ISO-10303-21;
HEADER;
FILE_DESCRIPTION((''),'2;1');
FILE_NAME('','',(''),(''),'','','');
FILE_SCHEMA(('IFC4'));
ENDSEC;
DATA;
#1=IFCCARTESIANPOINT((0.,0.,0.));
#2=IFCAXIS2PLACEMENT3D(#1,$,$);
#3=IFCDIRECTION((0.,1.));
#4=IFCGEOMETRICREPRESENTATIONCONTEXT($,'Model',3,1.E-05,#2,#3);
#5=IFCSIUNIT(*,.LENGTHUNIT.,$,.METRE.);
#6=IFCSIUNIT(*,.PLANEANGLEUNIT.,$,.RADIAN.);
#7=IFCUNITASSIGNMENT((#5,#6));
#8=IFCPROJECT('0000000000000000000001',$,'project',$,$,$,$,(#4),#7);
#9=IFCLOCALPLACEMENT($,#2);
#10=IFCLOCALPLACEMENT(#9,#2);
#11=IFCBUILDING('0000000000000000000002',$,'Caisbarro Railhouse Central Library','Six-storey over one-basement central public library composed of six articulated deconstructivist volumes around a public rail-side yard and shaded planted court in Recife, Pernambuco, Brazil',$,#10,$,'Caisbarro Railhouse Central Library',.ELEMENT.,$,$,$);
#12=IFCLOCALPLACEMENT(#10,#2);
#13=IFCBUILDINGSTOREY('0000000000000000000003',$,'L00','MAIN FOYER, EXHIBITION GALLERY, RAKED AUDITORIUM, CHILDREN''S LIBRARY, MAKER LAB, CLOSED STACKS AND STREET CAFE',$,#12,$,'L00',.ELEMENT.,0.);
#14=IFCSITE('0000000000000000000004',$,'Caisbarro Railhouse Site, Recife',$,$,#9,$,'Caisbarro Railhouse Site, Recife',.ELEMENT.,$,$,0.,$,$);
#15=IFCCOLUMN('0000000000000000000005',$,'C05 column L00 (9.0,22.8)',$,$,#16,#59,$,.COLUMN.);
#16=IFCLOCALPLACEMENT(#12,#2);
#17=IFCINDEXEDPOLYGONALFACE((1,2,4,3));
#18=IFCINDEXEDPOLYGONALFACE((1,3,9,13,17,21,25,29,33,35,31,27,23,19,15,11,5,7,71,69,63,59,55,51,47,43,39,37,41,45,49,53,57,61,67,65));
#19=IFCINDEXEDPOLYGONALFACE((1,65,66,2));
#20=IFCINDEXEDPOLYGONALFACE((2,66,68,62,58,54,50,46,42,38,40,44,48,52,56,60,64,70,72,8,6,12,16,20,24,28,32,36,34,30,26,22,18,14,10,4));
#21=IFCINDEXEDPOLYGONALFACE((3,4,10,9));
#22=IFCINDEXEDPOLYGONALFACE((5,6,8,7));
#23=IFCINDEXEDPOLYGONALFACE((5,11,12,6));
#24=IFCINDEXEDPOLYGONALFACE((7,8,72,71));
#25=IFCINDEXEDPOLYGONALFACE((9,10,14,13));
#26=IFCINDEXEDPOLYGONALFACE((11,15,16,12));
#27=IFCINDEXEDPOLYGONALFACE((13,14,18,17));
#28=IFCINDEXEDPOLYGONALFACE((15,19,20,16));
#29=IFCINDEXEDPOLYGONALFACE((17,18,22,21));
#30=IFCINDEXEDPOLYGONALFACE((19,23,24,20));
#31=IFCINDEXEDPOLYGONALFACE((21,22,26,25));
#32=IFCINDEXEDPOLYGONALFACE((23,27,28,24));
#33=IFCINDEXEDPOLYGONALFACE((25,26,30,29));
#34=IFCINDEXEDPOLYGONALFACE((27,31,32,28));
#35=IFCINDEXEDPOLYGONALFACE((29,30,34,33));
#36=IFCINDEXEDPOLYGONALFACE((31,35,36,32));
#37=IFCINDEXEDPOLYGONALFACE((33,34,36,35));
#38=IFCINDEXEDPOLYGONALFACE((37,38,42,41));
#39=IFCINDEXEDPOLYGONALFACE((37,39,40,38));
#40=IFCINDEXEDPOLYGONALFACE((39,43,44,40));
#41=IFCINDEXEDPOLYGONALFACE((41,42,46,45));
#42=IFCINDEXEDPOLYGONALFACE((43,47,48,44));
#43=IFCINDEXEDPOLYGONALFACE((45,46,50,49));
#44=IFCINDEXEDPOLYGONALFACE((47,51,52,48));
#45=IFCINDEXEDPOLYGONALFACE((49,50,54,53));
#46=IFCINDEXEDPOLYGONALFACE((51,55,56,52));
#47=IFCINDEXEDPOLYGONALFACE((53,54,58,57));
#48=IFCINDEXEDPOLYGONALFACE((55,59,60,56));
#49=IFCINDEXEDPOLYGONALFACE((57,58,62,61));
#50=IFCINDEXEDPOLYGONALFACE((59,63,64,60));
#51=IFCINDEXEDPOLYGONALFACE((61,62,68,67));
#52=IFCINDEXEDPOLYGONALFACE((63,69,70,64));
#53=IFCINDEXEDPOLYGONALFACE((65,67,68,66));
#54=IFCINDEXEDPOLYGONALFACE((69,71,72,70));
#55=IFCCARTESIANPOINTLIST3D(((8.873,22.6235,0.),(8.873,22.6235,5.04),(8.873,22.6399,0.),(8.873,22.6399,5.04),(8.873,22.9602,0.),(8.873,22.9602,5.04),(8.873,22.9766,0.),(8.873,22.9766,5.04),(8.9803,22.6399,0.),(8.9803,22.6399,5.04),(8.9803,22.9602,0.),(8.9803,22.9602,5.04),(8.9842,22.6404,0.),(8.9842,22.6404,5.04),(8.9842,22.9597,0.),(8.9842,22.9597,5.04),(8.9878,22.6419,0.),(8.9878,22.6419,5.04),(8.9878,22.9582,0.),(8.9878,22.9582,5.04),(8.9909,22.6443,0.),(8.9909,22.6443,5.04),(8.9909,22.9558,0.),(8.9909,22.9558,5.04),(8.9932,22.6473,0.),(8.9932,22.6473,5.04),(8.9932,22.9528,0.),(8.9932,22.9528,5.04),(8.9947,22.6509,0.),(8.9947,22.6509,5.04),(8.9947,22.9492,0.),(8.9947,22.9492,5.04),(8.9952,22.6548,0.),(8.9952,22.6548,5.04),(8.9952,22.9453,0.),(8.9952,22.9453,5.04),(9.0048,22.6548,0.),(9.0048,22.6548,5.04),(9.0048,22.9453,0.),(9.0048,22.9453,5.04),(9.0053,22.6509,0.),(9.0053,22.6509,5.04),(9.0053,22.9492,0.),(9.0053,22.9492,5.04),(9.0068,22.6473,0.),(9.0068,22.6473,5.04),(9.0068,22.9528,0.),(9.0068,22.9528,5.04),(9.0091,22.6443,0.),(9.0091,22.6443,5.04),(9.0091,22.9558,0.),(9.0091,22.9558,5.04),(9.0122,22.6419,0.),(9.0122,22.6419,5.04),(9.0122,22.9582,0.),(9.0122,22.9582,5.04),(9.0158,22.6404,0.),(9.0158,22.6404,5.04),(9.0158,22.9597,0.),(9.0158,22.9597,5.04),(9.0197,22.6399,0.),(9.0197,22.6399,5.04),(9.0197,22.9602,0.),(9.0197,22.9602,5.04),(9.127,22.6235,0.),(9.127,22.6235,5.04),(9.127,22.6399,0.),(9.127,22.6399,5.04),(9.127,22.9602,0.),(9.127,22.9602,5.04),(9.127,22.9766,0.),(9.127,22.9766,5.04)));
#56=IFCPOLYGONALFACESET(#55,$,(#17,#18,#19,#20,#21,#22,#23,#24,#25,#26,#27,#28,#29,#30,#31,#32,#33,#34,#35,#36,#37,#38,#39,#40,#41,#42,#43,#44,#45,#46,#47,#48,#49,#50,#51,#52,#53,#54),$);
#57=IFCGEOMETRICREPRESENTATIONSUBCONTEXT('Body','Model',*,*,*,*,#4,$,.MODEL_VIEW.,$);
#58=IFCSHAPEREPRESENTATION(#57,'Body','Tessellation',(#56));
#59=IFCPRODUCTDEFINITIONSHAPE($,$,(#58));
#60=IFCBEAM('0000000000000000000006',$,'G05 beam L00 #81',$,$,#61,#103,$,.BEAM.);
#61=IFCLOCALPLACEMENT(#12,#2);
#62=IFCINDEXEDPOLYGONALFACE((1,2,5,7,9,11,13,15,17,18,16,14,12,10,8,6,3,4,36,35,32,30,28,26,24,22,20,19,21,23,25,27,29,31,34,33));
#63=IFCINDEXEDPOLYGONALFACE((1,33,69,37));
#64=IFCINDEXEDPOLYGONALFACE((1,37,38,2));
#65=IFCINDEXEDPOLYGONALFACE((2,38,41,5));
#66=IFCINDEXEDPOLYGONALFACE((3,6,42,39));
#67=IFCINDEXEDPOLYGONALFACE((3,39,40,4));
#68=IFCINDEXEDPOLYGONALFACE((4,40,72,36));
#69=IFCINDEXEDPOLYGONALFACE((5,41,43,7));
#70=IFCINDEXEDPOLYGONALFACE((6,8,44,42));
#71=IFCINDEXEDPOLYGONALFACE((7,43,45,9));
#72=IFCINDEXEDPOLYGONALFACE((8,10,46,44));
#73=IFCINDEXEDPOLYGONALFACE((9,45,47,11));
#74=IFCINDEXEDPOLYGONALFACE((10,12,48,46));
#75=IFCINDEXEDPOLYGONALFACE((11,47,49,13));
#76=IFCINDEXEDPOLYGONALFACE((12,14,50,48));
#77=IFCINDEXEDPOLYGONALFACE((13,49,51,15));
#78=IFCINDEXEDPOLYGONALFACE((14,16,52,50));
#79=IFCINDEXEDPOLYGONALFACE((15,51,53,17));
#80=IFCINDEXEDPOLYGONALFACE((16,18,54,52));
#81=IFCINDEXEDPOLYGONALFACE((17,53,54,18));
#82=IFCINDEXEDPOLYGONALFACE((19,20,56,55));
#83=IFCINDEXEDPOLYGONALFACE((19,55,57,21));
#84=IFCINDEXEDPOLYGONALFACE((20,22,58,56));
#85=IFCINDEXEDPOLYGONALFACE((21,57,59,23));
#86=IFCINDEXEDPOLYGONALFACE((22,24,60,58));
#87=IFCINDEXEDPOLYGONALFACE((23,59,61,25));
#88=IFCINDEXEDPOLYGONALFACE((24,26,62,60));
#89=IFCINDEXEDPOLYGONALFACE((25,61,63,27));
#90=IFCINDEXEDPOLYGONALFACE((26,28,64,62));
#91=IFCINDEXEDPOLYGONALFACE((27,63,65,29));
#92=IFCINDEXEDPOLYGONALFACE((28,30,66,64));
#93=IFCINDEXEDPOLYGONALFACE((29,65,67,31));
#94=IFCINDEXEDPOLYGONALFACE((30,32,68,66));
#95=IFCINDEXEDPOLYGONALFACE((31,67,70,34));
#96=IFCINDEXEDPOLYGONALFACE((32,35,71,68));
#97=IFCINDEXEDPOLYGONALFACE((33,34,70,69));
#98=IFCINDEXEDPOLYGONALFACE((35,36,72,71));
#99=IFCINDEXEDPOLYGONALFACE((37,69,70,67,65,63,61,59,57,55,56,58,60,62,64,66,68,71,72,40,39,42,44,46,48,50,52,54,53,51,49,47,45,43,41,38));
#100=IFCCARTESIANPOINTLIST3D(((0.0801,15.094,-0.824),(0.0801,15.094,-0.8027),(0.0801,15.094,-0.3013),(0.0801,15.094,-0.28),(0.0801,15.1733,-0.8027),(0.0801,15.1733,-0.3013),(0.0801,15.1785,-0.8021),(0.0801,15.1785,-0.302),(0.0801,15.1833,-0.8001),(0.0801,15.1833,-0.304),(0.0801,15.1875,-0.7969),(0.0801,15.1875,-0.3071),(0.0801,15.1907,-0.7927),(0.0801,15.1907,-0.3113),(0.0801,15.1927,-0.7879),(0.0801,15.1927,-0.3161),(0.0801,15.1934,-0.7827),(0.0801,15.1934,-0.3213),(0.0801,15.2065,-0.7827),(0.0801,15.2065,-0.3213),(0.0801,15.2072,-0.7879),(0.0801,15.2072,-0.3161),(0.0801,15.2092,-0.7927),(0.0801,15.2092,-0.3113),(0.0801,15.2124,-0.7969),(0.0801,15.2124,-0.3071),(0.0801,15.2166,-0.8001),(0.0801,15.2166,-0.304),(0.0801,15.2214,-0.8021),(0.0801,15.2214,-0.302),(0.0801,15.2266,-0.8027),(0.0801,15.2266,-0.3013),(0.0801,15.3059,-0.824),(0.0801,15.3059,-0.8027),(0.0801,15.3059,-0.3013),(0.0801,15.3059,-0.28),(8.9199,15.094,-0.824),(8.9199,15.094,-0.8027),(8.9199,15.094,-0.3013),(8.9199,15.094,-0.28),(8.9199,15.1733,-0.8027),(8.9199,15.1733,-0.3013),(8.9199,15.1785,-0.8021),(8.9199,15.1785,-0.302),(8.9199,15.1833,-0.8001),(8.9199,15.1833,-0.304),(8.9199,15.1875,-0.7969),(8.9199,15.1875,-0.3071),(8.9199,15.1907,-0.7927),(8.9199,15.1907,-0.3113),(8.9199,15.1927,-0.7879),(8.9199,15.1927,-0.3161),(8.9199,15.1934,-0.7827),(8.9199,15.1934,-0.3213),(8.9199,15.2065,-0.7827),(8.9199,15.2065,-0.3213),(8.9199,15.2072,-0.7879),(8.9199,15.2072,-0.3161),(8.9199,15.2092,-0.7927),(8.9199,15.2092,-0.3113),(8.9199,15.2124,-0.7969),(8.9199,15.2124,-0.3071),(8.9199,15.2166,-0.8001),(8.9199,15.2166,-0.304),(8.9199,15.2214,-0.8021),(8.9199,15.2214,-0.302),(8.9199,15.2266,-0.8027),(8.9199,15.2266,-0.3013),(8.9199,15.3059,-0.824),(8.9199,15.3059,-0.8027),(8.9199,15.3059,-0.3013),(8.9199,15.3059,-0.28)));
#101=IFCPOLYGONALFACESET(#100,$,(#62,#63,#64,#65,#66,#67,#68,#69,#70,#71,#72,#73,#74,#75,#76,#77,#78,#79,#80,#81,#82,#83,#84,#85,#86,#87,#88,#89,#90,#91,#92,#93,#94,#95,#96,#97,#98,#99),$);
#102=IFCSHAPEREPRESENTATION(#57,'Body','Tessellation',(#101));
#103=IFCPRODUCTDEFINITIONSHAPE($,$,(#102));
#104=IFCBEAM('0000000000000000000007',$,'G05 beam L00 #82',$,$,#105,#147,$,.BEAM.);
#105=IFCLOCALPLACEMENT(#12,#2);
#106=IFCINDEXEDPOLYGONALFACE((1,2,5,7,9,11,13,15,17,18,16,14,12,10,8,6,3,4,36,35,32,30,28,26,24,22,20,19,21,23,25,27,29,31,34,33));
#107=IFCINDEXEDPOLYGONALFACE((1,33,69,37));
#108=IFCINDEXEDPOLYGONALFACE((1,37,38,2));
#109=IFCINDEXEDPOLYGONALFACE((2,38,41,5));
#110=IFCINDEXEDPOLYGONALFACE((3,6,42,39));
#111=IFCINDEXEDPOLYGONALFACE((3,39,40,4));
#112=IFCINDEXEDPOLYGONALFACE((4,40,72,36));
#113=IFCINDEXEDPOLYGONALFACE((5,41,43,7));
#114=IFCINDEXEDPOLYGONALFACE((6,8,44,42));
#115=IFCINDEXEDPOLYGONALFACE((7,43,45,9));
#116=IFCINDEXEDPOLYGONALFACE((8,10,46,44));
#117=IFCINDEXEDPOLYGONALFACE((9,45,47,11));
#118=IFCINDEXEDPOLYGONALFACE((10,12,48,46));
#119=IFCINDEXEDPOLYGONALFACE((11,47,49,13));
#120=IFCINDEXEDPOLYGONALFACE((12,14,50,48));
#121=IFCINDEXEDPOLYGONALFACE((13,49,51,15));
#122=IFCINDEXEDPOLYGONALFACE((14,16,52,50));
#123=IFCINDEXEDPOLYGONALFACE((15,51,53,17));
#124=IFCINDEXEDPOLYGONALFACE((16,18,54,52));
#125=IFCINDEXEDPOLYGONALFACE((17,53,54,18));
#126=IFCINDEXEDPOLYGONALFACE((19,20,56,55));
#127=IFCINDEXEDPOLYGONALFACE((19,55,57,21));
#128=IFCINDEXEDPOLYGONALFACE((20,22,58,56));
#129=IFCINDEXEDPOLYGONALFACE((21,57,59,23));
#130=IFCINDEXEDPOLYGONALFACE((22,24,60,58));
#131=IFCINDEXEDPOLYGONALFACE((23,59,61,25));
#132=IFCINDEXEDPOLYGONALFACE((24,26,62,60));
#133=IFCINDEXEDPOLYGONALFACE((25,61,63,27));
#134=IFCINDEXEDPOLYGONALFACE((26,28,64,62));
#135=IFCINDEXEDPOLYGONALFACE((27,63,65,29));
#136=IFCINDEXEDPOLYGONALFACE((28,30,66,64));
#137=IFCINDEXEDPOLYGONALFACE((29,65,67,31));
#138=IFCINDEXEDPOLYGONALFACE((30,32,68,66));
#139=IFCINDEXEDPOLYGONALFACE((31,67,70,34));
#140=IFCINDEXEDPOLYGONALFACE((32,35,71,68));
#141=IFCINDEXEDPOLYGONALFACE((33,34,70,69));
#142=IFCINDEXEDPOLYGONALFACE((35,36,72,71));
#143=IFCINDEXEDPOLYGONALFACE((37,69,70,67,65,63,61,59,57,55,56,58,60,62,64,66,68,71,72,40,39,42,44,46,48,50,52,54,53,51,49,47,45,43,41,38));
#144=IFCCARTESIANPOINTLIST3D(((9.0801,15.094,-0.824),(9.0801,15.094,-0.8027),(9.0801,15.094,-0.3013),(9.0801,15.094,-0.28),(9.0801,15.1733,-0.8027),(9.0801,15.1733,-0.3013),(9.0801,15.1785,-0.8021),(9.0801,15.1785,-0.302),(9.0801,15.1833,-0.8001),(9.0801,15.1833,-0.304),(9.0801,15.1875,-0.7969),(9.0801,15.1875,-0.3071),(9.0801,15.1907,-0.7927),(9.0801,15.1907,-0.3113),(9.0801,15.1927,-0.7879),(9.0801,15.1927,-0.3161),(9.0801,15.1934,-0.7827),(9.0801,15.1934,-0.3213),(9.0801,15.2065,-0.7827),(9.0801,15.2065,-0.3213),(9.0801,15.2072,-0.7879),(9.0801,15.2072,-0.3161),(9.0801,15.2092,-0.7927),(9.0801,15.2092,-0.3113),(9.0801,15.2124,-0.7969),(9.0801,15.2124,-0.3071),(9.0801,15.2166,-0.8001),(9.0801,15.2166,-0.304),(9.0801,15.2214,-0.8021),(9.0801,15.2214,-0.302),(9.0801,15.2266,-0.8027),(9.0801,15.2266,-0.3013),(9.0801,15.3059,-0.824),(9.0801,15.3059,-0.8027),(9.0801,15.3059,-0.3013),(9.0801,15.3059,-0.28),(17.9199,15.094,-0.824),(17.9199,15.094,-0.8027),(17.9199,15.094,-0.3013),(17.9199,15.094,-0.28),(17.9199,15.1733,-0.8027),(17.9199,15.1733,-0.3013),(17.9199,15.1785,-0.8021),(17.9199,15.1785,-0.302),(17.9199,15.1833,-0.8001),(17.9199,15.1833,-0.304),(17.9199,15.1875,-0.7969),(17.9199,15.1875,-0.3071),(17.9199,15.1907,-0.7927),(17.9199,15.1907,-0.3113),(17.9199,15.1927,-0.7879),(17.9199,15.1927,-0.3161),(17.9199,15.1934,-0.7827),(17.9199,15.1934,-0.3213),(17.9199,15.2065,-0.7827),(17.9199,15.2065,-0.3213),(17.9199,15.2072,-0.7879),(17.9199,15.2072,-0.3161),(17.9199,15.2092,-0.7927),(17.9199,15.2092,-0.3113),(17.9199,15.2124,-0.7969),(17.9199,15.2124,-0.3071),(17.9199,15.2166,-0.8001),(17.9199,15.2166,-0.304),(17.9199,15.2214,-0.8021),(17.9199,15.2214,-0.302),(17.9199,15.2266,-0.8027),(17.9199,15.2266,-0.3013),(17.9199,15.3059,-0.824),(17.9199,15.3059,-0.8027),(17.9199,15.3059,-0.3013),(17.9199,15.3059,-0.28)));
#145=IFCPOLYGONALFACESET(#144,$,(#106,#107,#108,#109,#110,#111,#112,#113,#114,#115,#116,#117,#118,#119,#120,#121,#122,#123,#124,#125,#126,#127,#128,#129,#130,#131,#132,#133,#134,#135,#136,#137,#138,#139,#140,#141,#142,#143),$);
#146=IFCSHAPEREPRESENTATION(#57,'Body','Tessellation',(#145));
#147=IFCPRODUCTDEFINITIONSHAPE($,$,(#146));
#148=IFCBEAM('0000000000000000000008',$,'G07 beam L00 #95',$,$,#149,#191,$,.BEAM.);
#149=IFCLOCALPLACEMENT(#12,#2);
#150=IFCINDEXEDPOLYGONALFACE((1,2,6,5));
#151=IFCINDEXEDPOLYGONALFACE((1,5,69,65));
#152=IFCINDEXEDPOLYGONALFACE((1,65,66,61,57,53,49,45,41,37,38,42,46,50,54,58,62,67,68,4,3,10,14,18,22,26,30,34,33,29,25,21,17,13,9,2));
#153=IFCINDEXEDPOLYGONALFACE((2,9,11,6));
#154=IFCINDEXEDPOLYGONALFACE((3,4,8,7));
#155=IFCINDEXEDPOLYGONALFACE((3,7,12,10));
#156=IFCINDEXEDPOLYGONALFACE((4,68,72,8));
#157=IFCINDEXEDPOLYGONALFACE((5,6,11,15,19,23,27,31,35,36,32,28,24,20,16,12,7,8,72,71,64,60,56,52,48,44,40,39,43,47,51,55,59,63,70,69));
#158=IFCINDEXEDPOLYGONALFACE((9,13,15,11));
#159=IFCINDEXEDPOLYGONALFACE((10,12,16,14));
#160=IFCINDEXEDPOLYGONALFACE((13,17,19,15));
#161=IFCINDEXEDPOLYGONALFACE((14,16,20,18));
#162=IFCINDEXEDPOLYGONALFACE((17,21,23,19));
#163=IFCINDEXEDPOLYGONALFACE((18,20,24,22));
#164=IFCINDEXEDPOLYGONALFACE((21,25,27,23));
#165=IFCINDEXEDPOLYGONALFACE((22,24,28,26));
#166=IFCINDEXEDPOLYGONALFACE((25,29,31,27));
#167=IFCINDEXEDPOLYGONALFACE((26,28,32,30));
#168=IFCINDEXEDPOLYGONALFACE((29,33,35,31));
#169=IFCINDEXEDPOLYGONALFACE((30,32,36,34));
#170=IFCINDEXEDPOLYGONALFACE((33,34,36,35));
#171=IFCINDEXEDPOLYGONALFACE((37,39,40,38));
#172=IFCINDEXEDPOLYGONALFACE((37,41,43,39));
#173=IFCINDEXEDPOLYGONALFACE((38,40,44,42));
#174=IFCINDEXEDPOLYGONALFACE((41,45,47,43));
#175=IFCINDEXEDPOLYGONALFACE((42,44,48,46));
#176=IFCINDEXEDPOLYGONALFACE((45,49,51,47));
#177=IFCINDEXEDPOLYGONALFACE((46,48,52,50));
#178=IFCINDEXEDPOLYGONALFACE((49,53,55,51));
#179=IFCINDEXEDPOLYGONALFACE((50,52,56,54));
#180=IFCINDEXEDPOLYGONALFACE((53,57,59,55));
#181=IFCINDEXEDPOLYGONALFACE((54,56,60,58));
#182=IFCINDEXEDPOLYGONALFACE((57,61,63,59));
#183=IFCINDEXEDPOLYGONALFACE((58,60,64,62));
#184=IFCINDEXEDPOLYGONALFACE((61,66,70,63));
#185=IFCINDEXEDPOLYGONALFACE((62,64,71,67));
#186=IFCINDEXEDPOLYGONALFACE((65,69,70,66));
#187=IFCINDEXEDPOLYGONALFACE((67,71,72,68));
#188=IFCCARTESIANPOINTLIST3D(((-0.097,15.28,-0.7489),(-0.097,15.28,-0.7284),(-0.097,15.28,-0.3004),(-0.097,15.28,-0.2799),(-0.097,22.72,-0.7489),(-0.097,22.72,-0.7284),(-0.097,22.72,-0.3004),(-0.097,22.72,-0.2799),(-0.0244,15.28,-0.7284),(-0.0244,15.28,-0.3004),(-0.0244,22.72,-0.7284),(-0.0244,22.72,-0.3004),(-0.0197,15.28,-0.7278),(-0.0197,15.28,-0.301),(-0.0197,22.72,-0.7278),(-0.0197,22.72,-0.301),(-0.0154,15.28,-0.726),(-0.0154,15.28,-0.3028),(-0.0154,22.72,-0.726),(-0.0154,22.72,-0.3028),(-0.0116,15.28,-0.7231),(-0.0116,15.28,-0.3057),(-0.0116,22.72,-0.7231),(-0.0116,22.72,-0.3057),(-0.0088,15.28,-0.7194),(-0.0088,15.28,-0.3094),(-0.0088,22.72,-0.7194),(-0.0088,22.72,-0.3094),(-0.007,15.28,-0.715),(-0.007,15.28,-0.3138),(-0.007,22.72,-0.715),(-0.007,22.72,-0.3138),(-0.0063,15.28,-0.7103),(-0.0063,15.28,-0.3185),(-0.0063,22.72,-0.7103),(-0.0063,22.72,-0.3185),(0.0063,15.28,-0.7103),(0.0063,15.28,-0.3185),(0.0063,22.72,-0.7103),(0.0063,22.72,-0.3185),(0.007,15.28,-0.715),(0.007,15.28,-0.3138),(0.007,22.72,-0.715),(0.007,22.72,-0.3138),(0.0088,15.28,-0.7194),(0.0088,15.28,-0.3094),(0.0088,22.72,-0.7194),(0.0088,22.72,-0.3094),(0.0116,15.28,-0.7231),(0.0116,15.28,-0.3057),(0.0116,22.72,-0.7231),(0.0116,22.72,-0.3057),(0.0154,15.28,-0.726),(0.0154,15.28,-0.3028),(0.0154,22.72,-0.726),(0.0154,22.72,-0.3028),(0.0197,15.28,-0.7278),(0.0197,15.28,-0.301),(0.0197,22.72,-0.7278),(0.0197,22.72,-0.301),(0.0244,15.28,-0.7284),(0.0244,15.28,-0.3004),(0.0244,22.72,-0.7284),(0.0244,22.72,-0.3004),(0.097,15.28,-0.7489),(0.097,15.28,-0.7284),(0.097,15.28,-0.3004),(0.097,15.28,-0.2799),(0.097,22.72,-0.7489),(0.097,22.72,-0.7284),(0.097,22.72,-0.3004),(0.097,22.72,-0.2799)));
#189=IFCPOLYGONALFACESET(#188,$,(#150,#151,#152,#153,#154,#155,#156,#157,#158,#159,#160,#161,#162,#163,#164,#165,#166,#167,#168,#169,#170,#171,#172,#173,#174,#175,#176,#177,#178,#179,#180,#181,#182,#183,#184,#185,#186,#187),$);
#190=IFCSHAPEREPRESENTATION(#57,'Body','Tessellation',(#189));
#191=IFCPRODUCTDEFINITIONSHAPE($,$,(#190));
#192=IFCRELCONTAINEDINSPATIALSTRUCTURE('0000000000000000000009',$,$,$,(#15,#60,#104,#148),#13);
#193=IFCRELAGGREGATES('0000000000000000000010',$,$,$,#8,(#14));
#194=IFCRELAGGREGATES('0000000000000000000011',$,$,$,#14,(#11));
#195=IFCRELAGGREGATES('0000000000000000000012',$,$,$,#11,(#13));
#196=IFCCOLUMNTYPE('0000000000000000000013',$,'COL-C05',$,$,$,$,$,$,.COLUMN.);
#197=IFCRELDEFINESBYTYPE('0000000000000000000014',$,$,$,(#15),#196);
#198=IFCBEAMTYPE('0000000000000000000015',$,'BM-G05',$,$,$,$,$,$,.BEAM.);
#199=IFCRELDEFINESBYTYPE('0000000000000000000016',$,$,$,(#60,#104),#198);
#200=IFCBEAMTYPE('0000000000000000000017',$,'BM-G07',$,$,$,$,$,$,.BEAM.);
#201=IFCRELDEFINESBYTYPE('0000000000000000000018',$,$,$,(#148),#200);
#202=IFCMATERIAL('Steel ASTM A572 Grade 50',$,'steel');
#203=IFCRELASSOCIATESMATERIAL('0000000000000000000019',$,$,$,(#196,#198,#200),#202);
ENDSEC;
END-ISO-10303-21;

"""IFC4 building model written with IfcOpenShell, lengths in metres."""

from ifc_helpers import new_model, si_unit, direction, frame, origin, origin_2d, place, context, subcontext, project, spatial, i_section, extrude, material, material_profile, profile_set, type_object, element, save


model = new_model("IFC4")

# Units and contexts
model_context = context("Model", 3, precision=1e-05, world=origin(), true_north=direction((0.0, 1.0)))
body_context = subcontext(model_context, "Body", "Model", "MODEL_VIEW")
ifc_project = project(units=[si_unit("LENGTHUNIT", "METRE"), si_unit("PLANEANGLEUNIT", "RADIAN")], contexts=[model_context])

# Site, building, storey
site_placement = place(None, origin())
site = spatial("IfcSite", under=ifc_project, at=site_placement, Name="Caisbarro Railhouse Site, Recife", LongName="Caisbarro Railhouse Site, Recife", CompositionType="ELEMENT", RefElevation=0.0)
building_placement = place(site_placement, origin())
building = spatial("IfcBuilding", under=site, at=building_placement, Name="Caisbarro Railhouse Central Library", Description="Six-storey over one-basement central public library composed of six articulated deconstructivist volumes around a public rail-side yard and shaded planted court in Recife, Pernambuco, Brazil", LongName="Caisbarro Railhouse Central Library", CompositionType="ELEMENT")
storey_placement = place(building_placement, origin())
storey = spatial("IfcBuildingStorey", under=building, at=storey_placement, Name="L00", Description="MAIN FOYER, EXHIBITION GALLERY, RAKED AUDITORIUM, CHILDREN'S LIBRARY, MAKER LAB, CLOSED STACKS AND STREET CAFE", LongName="L00", CompositionType="ELEMENT", Elevation=0.0)

# Column
ifc_material_1 = material(Name="Steel ASTM A572 Grade 50", Category="steel")
ifc_material_profile_1 = material_profile(ifc_material_1, i_section(OverallWidth=0.2539, OverallDepth=0.353, WebThickness=0.0095, FlangeThickness=0.0164, FilletRadius=0.0149, at=origin_2d()), Name="W360X91.0")
ifc_profile_set_1 = profile_set([ifc_material_profile_1], Name="Steel ASTM A572 Grade 50")
column_type_1 = type_object("IfcColumnType", Name="COL-C05", PredefinedType="COLUMN", material=ifc_profile_set_1)
for number, where, z_axis, x_axis, name in (
    (1, (9.0, 22.8, 0.0), (0.0, 0.0, 1.0), (1.0, 0.0, 0.0), "C05 column L00 (9.0,22.8)"),
):
    element("IfcColumn", number, at=place(storey_placement, frame(where, z_axis=z_axis, x_axis=x_axis)), inside=storey, type_object=column_type_1, Name=name, PredefinedType="COLUMN", context=body_context, shape_type="SweptSolid", body=[
        extrude(i_section(OverallWidth=0.2539, OverallDepth=0.353, WebThickness=0.0095, FlangeThickness=0.0164, FilletRadius=0.0149, at=origin_2d()), origin(), (0.0, 0.0, 1.0), 5.04),
    ])

# Beams
ifc_material_profile_2 = material_profile(ifc_material_1, i_section(OverallWidth=0.2119, OverallDepth=0.5439, WebThickness=0.0132, FlangeThickness=0.0212, FilletRadius=0.02, at=origin_2d()), Name="W530X123.0")
ifc_profile_set_2 = profile_set([ifc_material_profile_2], Name="Steel ASTM A572 Grade 50")
beam_type_1 = type_object("IfcBeamType", Name="BM-G05", PredefinedType="BEAM", material=ifc_profile_set_2)
for number, where, z_axis, x_axis, name in (
    (2, (0.0801, 15.2, -0.552), (1.0, 0.0, 0.0), (0.0, 1.0, 0.0), "G05 beam L00 #81"),
    (3, (9.0801, 15.2, -0.552), (1.0, 0.0, 0.0), (0.0, 1.0, 0.0), "G05 beam L00 #82"),
):
    element("IfcBeam", number, at=place(storey_placement, frame(where, z_axis=z_axis, x_axis=x_axis)), inside=storey, type_object=beam_type_1, Name=name, PredefinedType="BEAM", context=body_context, shape_type="SweptSolid", body=[
        extrude(i_section(OverallWidth=0.2119, OverallDepth=0.5439, WebThickness=0.0132, FlangeThickness=0.0212, FilletRadius=0.02, at=origin_2d()), origin(), (0.0, 0.0, 1.0), 8.8398),
    ])
ifc_material_profile_3 = material_profile(ifc_material_1, i_section(OverallWidth=0.1941, OverallDepth=0.469, WebThickness=0.0127, FlangeThickness=0.0205, FilletRadius=0.0181, at=origin_2d()), Name="W460X106.0")
ifc_profile_set_3 = profile_set([ifc_material_profile_3], Name="Steel ASTM A572 Grade 50")
beam_type_2 = type_object("IfcBeamType", Name="BM-G07", PredefinedType="BEAM", material=ifc_profile_set_3)
for number, where, z_axis, x_axis, name in (
    (4, (0.0, 15.28, -0.5144), (0.0, 1.0, 0.0), (-1.0, 0.0, 0.0), "G07 beam L00 #95"),
):
    element("IfcBeam", number, at=place(storey_placement, frame(where, z_axis=z_axis, x_axis=x_axis)), inside=storey, type_object=beam_type_2, Name=name, PredefinedType="BEAM", context=body_context, shape_type="SweptSolid", body=[
        extrude(i_section(OverallWidth=0.1941, OverallDepth=0.469, WebThickness=0.0127, FlangeThickness=0.0205, FilletRadius=0.0181, at=origin_2d()), origin(), (0.0, 0.0, 1.0), 7.4399),
    ])

save(model, "model.ifc")
